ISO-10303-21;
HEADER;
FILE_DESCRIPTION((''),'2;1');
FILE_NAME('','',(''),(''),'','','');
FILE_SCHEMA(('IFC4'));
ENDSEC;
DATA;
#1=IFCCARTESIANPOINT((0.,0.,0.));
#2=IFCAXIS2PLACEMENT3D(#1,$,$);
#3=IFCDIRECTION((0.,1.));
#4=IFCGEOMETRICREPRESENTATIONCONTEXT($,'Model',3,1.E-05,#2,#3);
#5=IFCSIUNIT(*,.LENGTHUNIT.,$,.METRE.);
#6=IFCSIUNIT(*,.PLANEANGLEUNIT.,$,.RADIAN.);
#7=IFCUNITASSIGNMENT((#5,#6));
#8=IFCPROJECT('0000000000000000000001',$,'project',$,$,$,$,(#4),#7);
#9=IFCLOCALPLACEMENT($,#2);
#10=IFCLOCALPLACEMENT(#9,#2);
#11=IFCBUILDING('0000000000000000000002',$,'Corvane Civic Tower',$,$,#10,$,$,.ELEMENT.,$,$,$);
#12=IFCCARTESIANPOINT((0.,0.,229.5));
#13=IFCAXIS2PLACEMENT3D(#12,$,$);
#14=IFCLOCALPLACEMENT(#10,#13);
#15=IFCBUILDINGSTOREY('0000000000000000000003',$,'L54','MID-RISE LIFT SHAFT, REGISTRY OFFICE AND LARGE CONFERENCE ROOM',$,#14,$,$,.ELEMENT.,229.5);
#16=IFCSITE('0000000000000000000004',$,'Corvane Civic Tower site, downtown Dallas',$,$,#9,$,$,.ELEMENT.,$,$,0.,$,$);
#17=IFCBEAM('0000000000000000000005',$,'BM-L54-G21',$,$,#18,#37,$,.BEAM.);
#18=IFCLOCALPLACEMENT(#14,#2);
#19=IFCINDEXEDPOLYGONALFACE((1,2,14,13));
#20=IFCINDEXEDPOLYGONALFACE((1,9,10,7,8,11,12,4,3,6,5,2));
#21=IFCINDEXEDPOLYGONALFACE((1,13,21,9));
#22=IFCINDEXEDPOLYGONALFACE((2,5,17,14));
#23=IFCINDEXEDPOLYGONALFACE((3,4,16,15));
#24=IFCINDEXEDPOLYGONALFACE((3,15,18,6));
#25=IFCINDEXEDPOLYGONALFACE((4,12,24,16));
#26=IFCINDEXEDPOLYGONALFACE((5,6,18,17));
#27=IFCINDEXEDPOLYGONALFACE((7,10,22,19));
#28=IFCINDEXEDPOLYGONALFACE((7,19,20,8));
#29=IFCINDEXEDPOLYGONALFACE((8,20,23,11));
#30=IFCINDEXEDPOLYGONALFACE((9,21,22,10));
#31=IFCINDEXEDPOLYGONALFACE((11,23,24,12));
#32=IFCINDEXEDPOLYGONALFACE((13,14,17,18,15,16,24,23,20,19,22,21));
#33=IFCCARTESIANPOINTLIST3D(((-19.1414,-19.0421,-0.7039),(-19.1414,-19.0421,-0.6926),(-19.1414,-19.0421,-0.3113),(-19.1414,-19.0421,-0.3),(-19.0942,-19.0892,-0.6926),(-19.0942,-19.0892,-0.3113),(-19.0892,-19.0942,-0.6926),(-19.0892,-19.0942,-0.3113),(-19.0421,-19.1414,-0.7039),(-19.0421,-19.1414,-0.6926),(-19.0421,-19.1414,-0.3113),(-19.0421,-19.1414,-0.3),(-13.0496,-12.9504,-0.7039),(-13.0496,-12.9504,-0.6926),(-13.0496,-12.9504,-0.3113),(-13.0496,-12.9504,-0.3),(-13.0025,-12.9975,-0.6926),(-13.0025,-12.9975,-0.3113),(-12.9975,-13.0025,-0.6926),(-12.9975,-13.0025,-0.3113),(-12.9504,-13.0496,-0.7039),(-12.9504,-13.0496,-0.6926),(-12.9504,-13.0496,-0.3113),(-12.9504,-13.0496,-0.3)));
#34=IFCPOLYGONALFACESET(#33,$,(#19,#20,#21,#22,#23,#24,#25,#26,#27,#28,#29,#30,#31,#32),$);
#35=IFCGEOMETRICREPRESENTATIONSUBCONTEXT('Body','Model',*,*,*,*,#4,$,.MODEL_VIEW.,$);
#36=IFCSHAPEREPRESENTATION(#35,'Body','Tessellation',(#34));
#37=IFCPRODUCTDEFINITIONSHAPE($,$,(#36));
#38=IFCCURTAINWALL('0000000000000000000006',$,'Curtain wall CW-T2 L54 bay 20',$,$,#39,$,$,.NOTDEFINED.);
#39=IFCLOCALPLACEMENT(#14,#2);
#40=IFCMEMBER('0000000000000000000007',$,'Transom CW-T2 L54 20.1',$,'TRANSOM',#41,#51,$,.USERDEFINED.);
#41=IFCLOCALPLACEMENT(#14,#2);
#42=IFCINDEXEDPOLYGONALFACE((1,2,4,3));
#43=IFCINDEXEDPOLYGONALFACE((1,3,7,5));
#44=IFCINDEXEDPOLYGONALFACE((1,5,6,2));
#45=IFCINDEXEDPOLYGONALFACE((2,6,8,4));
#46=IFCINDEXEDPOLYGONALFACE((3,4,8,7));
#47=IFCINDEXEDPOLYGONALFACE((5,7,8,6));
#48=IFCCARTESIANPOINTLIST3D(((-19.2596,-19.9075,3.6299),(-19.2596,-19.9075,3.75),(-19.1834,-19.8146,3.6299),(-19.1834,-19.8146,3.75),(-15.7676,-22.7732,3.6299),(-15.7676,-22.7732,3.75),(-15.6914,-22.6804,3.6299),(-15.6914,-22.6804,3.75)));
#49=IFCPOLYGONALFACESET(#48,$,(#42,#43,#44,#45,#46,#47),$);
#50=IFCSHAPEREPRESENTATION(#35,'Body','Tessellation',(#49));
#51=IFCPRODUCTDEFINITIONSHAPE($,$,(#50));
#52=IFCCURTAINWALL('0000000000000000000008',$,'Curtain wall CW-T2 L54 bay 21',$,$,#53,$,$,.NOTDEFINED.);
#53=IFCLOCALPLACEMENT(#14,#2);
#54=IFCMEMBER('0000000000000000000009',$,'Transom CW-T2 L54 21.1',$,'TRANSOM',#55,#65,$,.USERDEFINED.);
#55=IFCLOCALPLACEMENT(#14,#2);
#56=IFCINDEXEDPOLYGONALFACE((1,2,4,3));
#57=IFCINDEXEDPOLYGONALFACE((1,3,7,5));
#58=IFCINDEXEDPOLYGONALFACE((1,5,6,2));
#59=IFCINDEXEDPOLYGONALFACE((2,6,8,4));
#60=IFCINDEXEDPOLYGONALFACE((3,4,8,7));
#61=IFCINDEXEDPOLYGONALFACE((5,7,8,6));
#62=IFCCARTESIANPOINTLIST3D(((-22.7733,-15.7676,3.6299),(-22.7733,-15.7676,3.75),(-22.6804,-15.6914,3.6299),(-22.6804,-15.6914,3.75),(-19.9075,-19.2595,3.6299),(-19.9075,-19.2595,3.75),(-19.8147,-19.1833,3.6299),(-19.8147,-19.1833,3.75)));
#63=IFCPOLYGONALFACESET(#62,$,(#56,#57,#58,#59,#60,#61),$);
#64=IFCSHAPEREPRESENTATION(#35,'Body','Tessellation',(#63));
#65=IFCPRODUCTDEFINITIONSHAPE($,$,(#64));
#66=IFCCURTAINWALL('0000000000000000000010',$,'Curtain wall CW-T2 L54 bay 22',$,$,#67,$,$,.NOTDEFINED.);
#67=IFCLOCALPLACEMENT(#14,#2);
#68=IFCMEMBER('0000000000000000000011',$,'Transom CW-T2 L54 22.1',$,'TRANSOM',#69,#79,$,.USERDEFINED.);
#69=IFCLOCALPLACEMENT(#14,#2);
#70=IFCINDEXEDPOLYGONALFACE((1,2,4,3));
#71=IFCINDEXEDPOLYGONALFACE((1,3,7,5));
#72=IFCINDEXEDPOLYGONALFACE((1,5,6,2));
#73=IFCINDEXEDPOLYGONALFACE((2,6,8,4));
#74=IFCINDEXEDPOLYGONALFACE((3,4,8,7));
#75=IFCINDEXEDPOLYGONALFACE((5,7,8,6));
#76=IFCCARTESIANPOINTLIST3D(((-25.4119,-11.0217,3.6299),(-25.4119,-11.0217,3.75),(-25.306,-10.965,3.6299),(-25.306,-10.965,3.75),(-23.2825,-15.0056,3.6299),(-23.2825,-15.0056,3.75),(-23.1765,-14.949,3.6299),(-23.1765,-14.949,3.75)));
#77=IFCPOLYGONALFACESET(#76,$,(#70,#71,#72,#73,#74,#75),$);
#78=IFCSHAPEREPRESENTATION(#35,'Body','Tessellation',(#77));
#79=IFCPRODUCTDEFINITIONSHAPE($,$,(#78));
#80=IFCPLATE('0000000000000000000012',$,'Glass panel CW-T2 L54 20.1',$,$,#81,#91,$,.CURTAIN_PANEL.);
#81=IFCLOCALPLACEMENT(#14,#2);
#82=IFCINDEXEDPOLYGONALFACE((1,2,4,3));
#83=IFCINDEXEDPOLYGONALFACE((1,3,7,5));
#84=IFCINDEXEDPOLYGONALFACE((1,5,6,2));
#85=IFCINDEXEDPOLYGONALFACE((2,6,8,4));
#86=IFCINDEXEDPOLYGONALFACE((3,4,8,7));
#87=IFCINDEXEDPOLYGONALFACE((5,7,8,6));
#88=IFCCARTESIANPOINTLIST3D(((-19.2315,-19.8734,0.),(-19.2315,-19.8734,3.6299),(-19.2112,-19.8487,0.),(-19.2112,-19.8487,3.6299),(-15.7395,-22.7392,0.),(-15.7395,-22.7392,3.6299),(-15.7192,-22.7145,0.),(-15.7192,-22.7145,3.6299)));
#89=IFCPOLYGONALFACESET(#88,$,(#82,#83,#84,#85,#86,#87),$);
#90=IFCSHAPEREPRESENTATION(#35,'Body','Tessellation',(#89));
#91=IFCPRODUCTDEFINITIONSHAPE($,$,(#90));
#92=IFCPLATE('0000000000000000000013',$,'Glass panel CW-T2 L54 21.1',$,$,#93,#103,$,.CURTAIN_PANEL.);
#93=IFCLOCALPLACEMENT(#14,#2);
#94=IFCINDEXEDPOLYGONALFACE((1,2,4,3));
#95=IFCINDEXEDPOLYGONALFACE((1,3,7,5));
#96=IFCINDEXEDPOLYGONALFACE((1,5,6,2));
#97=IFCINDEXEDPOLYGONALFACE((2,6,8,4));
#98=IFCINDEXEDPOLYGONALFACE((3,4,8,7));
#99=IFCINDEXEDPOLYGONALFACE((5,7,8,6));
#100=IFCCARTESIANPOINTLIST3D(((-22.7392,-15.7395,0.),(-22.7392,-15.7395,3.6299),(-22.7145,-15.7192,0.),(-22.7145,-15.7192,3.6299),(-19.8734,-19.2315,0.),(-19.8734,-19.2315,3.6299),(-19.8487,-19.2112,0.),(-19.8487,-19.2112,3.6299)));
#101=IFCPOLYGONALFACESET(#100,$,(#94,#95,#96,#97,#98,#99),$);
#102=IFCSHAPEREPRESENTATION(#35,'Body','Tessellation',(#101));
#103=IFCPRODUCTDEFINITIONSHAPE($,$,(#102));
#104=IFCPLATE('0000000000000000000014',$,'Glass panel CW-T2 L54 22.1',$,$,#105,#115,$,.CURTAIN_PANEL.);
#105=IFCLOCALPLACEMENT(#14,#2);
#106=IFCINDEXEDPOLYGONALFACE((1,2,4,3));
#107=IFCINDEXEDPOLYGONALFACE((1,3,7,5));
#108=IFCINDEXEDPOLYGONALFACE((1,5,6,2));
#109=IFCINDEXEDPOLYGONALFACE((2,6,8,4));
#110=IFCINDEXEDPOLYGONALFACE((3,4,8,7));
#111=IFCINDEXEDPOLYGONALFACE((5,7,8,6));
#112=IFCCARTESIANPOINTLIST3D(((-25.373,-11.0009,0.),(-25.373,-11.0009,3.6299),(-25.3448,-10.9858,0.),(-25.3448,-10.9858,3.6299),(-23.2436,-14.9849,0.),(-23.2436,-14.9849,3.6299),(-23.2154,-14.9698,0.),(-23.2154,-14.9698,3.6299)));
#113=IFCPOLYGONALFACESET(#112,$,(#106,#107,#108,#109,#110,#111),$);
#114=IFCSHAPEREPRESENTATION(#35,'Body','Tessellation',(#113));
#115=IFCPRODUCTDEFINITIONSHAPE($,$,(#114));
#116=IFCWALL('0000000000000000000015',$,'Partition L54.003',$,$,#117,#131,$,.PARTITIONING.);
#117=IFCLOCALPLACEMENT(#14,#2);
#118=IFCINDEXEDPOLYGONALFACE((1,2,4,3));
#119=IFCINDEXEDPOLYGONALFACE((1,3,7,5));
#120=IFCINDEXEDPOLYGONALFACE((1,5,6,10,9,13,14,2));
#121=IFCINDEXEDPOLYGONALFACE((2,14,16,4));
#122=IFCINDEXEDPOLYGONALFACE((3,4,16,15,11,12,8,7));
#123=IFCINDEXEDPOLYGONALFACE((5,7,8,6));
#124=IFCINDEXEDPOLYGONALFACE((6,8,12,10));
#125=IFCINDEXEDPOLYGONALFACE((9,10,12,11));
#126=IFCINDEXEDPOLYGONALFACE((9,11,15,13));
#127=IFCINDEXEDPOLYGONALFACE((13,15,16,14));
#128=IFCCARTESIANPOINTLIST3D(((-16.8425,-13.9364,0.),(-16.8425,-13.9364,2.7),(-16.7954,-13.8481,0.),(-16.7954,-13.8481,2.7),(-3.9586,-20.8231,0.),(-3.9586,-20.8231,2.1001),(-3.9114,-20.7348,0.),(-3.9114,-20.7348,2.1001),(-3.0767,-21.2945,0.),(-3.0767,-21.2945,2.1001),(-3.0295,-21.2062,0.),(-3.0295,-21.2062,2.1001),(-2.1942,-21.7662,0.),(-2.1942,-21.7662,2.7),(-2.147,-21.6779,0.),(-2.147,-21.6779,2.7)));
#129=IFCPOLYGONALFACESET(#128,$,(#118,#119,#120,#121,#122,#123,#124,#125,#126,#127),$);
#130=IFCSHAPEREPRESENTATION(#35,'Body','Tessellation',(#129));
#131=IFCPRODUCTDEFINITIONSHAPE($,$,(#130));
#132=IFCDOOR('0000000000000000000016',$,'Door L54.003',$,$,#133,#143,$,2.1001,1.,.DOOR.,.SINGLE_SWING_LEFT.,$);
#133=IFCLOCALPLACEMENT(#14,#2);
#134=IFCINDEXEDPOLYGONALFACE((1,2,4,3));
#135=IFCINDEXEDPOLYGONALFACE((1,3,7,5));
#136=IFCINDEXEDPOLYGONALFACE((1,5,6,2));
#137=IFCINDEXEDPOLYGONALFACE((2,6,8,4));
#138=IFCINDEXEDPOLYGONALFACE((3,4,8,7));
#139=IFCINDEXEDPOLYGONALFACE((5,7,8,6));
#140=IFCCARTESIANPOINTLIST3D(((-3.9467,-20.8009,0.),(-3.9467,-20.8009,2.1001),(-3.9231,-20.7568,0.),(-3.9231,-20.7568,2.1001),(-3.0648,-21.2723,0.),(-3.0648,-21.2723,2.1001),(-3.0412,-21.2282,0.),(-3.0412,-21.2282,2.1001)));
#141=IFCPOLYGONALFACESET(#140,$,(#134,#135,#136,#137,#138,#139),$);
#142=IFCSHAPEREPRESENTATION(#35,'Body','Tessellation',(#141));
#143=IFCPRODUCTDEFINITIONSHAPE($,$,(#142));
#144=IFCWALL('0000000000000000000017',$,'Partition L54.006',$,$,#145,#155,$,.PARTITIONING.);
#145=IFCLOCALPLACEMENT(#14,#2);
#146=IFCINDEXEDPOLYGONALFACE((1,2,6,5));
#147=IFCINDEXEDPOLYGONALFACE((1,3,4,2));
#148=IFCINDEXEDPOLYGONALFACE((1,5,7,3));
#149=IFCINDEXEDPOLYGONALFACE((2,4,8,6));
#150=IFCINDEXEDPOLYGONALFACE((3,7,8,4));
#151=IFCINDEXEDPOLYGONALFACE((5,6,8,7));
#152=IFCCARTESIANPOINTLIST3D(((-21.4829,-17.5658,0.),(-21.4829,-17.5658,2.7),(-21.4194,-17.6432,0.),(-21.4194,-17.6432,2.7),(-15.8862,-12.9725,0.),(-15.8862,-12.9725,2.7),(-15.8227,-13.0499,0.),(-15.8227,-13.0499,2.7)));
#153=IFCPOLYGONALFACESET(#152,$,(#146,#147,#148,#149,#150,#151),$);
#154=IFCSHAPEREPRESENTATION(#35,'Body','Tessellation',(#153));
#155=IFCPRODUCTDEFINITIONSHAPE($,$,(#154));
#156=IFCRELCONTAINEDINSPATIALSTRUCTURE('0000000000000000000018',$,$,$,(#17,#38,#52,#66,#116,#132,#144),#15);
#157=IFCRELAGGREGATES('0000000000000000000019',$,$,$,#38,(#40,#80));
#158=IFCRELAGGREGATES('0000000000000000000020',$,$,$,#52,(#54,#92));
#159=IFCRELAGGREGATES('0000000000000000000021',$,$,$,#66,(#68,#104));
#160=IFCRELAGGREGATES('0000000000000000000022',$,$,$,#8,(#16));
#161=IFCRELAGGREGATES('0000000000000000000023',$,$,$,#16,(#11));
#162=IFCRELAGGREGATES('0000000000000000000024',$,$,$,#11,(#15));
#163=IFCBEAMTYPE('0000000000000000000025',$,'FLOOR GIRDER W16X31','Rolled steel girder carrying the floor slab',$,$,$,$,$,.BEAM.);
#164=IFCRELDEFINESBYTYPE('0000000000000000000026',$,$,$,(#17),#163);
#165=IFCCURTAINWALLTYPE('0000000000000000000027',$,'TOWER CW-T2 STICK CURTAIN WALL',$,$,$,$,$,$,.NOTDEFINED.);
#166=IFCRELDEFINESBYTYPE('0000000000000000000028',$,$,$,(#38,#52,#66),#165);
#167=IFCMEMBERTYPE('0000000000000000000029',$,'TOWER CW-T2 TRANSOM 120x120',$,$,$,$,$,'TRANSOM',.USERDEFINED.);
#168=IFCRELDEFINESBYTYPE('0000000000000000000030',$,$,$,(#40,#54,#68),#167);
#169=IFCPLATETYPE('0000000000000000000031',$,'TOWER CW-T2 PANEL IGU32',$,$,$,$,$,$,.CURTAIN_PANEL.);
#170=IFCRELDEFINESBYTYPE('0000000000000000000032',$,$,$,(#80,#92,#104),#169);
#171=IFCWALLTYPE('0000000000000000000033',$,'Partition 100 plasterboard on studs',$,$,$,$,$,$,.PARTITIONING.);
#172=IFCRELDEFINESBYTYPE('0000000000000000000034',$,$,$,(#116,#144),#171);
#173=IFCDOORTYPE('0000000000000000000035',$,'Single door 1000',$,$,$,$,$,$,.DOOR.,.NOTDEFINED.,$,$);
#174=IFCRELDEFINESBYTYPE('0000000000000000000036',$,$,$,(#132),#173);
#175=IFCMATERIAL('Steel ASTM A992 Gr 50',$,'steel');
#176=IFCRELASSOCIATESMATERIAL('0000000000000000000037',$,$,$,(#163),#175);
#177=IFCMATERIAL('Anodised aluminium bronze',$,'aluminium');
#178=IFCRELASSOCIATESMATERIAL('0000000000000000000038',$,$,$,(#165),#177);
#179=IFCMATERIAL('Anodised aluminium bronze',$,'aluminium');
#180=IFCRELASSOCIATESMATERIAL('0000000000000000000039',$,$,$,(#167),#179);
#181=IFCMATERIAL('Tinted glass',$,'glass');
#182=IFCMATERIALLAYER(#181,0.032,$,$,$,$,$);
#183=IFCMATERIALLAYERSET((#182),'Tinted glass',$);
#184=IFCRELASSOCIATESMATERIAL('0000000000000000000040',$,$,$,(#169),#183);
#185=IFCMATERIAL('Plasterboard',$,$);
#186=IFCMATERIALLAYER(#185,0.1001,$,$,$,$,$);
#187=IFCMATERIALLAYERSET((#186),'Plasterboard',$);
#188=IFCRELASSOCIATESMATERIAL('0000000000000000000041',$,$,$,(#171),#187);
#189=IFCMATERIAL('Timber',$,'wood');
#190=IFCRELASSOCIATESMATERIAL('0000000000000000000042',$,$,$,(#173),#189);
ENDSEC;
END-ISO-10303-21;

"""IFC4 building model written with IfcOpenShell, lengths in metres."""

from ifc_helpers import new_model, si_unit, direction, frame, frame_2d, origin, origin_2d, place, context, subcontext, project, spatial, rectangle, i_section, extrude, material, layer, layer_set, material_profile, profile_set, type_object, element, fill, aggregate, save


model = new_model("IFC4")

# Units and contexts
model_context = context("Model", 3, precision=1e-05, world=origin(), true_north=direction((0.0, 1.0)))
body_context = subcontext(model_context, "Body", "Model", "MODEL_VIEW")
ifc_project = project(units=[si_unit("LENGTHUNIT", "METRE"), si_unit("PLANEANGLEUNIT", "RADIAN")], contexts=[model_context])

# Site, building, storey
site_placement = place(None, origin())
site = spatial("IfcSite", under=ifc_project, at=site_placement, Name="Corvane Civic Tower site, downtown Dallas", CompositionType="ELEMENT", RefElevation=0.0)
building_placement = place(site_placement, origin())
building = spatial("IfcBuilding", under=site, at=building_placement, Name="Corvane Civic Tower", CompositionType="ELEMENT")
storey_placement = place(building_placement, frame((0.0, 0.0, 229.5)))
storey = spatial("IfcBuildingStorey", under=building, at=storey_placement, Name="L54", Description="MID-RISE LIFT SHAFT, REGISTRY OFFICE AND LARGE CONFERENCE ROOM", CompositionType="ELEMENT", Elevation=229.5)

# Beam
ifc_material_1 = material(Name="Steel ASTM A992 Gr 50", Category="steel")
ifc_material_profile_1 = material_profile(ifc_material_1, i_section(OverallWidth=0.1404, OverallDepth=0.4038, WebThickness=0.0071, FlangeThickness=0.0112, at=origin_2d()), Name="W16X31")
ifc_profile_set_1 = profile_set([ifc_material_profile_1], Name="Steel ASTM A992 Gr 50")
beam_type_1 = type_object("IfcBeamType", Name="FLOOR GIRDER W16X31", Description="Rolled steel girder carrying the floor slab", PredefinedType="BEAM", material=ifc_profile_set_1)
beam_placement = place(storey_placement, frame((-13.0, -13.0, -0.502), z_axis=(-0.707107, -0.707107, 0.0), x_axis=(0.707107, -0.707107, 0.0)))
element("IfcBeam", 1, at=beam_placement, inside=storey, type_object=beam_type_1, Name="BM-L54-G21", PredefinedType="BEAM", context=body_context, shape_type="SweptSolid", body=[
    extrude(i_section(OverallWidth=0.1404, OverallDepth=0.4038, WebThickness=0.0071, FlangeThickness=0.0112, at=origin_2d()), origin(), (0.0, 0.0, 1.0), 8.615),
])

# Curtain walls, members
ifc_material_2 = material(Name="Anodised aluminium bronze", Category="aluminium")
curtain_wall_type = type_object("IfcCurtainWallType", Name="TOWER CW-T2 STICK CURTAIN WALL", PredefinedType="NOTDEFINED", material=ifc_material_2)
curtain_wall_1_placement = place(storey_placement, origin())
curtain_wall_1 = element("IfcCurtainWall", 2, at=curtain_wall_1_placement, inside=storey, type_object=curtain_wall_type, Name="Curtain wall CW-T2 L54 bay 20", PredefinedType="NOTDEFINED")
ifc_material_3 = material(Name="Anodised aluminium bronze", Category="aluminium")
ifc_material_profile_2 = material_profile(ifc_material_3, rectangle(XDim=0.1201, YDim=0.1201, at=origin_2d()), Name="TOWER CW-T2 TRANSOM 120x120")
ifc_profile_set_2 = profile_set([ifc_material_profile_2], Name="Anodised aluminium bronze")
member_type = type_object("IfcMemberType", Name="TOWER CW-T2 TRANSOM 120x120", ElementType="TRANSOM", PredefinedType="USERDEFINED", material=ifc_profile_set_2)
member_1_placement = place(storey_placement, frame((-15.7295, -22.7268, 3.6899), z_axis=(-0.773015, 0.634388, 0.0), x_axis=(-0.634388, -0.773015, 0.0)))
member_1 = element("IfcMember", 3, at=member_1_placement, type_object=member_type, Name="Transom CW-T2 L54 20.1", ObjectType="TRANSOM", PredefinedType="USERDEFINED", context=body_context, shape_type="SweptSolid", body=[
    extrude(rectangle(XDim=0.1201, YDim=0.1201, at=origin_2d()), origin(), (0.0, 0.0, 1.0), 4.5173),
])
curtain_wall_2_placement = place(storey_placement, origin())
curtain_wall_2 = element("IfcCurtainWall", 4, at=curtain_wall_2_placement, inside=storey, type_object=curtain_wall_type, Name="Curtain wall CW-T2 L54 bay 21", PredefinedType="NOTDEFINED")
member_2_placement = place(storey_placement, frame((-19.8611, -19.2214, 3.6899), z_axis=(-0.634388, 0.773015, 0.0), x_axis=(-0.773015, -0.634388, 0.0)))
member_2 = element("IfcMember", 5, at=member_2_placement, type_object=member_type, Name="Transom CW-T2 L54 21.1", ObjectType="TRANSOM", PredefinedType="USERDEFINED", context=body_context, shape_type="SweptSolid", body=[
    extrude(rectangle(XDim=0.1201, YDim=0.1201, at=origin_2d()), origin(), (0.0, 0.0, 1.0), 4.5173),
])
curtain_wall_3_placement = place(storey_placement, origin())
curtain_wall_3 = element("IfcCurtainWall", 6, at=curtain_wall_3_placement, inside=storey, type_object=curtain_wall_type, Name="Curtain wall CW-T2 L54 bay 22", PredefinedType="NOTDEFINED")
member_3_placement = place(storey_placement, frame((-23.2295, -14.9773, 3.6899), z_axis=(-0.47139, 0.881925, 0.0), x_axis=(-0.881925, -0.47139, 0.0)))
member_3 = element("IfcMember", 7, at=member_3_placement, type_object=member_type, Name="Transom CW-T2 L54 22.1", ObjectType="TRANSOM", PredefinedType="USERDEFINED", context=body_context, shape_type="SweptSolid", body=[
    extrude(rectangle(XDim=0.1201, YDim=0.1201, at=origin_2d()), origin(), (0.0, 0.0, 1.0), 4.5173),
])

# Plates
ifc_material_4 = material(Name="Tinted glass", Category="glass")
ifc_layer_1 = layer(ifc_material_4, 0.032)
ifc_layer_set_1 = layer_set([ifc_layer_1], Name="Tinted glass")
plate_type = type_object("IfcPlateType", Name="TOWER CW-T2 PANEL IGU32", PredefinedType="CURTAIN_PANEL", material=ifc_layer_set_1)
plate_1_placement = place(storey_placement, frame((-17.4753, -21.2939, 0.0), z_axis=(0.0, 0.0, 1.0), x_axis=(-0.773012, 0.634391, 0.0)))
plate_1 = element("IfcPlate", 8, at=plate_1_placement, type_object=plate_type, Name="Glass panel CW-T2 L54 20.1", PredefinedType="CURTAIN_PANEL", context=body_context, shape_type="SweptSolid", body=[
    extrude(rectangle(XDim=4.5173, YDim=0.032, at=origin_2d()), origin(), (0.0, 0.0, 1.0), 3.6299),
])
aggregate(curtain_wall_1, [member_1, plate_1])
plate_2_placement = place(storey_placement, frame((-21.2939, -17.4753, 0.0), z_axis=(0.0, 0.0, 1.0), x_axis=(-0.634391, 0.773012, 0.0)))
plate_2 = element("IfcPlate", 9, at=plate_2_placement, type_object=plate_type, Name="Glass panel CW-T2 L54 21.1", PredefinedType="CURTAIN_PANEL", context=body_context, shape_type="SweptSolid", body=[
    extrude(rectangle(XDim=4.5173, YDim=0.032, at=origin_2d()), origin(), (0.0, 0.0, 1.0), 3.6299),
])
aggregate(curtain_wall_2, [member_2, plate_2])
plate_3_placement = place(storey_placement, frame((-24.2942, -12.9854, 0.0), z_axis=(0.0, 0.0, 1.0), x_axis=(-0.471398, 0.88192, 0.0)))
plate_3 = element("IfcPlate", 10, at=plate_3_placement, type_object=plate_type, Name="Glass panel CW-T2 L54 22.1", PredefinedType="CURTAIN_PANEL", context=body_context, shape_type="SweptSolid", body=[
    extrude(rectangle(XDim=4.5173, YDim=0.032, at=origin_2d()), origin(), (0.0, 0.0, 1.0), 3.6299),
])
aggregate(curtain_wall_3, [member_3, plate_3])

# Wall, opening, door
ifc_material_5 = material(Name="Plasterboard")
ifc_layer_2 = layer(ifc_material_5, 0.1001)
ifc_layer_set_2 = layer_set([ifc_layer_2], Name="Plasterboard")
wall_type_1 = type_object("IfcWallType", Name="Partition 100 plasterboard on studs", PredefinedType="PARTITIONING", material=ifc_layer_set_2)
wall_1_placement = place(storey_placement, frame((-16.8188, -13.8923, 0.0), z_axis=(0.0, 0.0, 1.0), x_axis=(0.881919, -0.471401, 0.0)))
wall_1 = element("IfcWall", 11, at=wall_1_placement, inside=storey, type_object=wall_type_1, Name="Partition L54.003", PredefinedType="PARTITIONING", context=body_context, shape_type="SweptSolid", body=[
    extrude(rectangle(XDim=16.6096, YDim=0.1001, at=frame_2d((8.3047, 0.0))), origin(), (0.0, 0.0, 1.0), 2.7),
])
opening_1_placement = place(wall_1_placement, frame((14.6089, 0.0, 0.0)))
opening_1 = element("IfcOpeningElement", 12, at=opening_1_placement, cuts=wall_1, PredefinedType="OPENING", context=body_context, shape_type="SweptSolid", body=[
    extrude(rectangle(XDim=1.0, YDim=2.1001, at=frame_2d((0.5, 1.05))), frame((0.0, 0.0601, 0.0), z_axis=(0.0, -1.0, 0.0), x_axis=(1.0, 0.0, 0.0)), (0.0, 0.0, 1.0), 0.1201),
])
ifc_material_6 = material(Name="Timber", Category="wood")
door_type_1 = type_object("IfcDoorType", Name="Single door 1000", OperationType="NOTDEFINED", PredefinedType="DOOR", material=ifc_material_6)
door_1_placement = place(opening_1_placement, frame((1.0, 0.0, 0.0), z_axis=(0.0, 0.0, 1.0), x_axis=(-1.0, 0.0, 0.0)))
door_1 = element("IfcDoor", 13, at=door_1_placement, inside=storey, type_object=door_type_1, Name="Door L54.003", OperationType="SINGLE_SWING_LEFT", OverallHeight=2.1001, OverallWidth=1.0, PredefinedType="DOOR", context=body_context, shape_type="SweptSolid", body=[
    extrude(rectangle(XDim=1.0, YDim=2.1001, at=frame_2d((0.5, 1.05))), frame((0.0, 0.0249, 0.0), z_axis=(0.0, -1.0, 0.0), x_axis=(1.0, 0.0, 0.0)), (0.0, 0.0, 1.0), 0.05),
])
fill(opening_1, door_1)

# Wall
wall_2_placement = place(storey_placement, frame((-21.4512, -17.6045, 0.0), z_axis=(0.0, 0.0, 1.0), x_axis=(0.772998, 0.634409, 0.0)))
element("IfcWall", 14, at=wall_2_placement, inside=storey, type_object=wall_type_1, Name="Partition L54.006", PredefinedType="PARTITIONING", context=body_context, shape_type="SweptSolid", body=[
    extrude(rectangle(XDim=7.2402, YDim=0.1001, at=frame_2d((3.6201, 0.0))), origin(), (0.0, 0.0, 1.0), 2.7),
])

save(model, "model.ifc")
